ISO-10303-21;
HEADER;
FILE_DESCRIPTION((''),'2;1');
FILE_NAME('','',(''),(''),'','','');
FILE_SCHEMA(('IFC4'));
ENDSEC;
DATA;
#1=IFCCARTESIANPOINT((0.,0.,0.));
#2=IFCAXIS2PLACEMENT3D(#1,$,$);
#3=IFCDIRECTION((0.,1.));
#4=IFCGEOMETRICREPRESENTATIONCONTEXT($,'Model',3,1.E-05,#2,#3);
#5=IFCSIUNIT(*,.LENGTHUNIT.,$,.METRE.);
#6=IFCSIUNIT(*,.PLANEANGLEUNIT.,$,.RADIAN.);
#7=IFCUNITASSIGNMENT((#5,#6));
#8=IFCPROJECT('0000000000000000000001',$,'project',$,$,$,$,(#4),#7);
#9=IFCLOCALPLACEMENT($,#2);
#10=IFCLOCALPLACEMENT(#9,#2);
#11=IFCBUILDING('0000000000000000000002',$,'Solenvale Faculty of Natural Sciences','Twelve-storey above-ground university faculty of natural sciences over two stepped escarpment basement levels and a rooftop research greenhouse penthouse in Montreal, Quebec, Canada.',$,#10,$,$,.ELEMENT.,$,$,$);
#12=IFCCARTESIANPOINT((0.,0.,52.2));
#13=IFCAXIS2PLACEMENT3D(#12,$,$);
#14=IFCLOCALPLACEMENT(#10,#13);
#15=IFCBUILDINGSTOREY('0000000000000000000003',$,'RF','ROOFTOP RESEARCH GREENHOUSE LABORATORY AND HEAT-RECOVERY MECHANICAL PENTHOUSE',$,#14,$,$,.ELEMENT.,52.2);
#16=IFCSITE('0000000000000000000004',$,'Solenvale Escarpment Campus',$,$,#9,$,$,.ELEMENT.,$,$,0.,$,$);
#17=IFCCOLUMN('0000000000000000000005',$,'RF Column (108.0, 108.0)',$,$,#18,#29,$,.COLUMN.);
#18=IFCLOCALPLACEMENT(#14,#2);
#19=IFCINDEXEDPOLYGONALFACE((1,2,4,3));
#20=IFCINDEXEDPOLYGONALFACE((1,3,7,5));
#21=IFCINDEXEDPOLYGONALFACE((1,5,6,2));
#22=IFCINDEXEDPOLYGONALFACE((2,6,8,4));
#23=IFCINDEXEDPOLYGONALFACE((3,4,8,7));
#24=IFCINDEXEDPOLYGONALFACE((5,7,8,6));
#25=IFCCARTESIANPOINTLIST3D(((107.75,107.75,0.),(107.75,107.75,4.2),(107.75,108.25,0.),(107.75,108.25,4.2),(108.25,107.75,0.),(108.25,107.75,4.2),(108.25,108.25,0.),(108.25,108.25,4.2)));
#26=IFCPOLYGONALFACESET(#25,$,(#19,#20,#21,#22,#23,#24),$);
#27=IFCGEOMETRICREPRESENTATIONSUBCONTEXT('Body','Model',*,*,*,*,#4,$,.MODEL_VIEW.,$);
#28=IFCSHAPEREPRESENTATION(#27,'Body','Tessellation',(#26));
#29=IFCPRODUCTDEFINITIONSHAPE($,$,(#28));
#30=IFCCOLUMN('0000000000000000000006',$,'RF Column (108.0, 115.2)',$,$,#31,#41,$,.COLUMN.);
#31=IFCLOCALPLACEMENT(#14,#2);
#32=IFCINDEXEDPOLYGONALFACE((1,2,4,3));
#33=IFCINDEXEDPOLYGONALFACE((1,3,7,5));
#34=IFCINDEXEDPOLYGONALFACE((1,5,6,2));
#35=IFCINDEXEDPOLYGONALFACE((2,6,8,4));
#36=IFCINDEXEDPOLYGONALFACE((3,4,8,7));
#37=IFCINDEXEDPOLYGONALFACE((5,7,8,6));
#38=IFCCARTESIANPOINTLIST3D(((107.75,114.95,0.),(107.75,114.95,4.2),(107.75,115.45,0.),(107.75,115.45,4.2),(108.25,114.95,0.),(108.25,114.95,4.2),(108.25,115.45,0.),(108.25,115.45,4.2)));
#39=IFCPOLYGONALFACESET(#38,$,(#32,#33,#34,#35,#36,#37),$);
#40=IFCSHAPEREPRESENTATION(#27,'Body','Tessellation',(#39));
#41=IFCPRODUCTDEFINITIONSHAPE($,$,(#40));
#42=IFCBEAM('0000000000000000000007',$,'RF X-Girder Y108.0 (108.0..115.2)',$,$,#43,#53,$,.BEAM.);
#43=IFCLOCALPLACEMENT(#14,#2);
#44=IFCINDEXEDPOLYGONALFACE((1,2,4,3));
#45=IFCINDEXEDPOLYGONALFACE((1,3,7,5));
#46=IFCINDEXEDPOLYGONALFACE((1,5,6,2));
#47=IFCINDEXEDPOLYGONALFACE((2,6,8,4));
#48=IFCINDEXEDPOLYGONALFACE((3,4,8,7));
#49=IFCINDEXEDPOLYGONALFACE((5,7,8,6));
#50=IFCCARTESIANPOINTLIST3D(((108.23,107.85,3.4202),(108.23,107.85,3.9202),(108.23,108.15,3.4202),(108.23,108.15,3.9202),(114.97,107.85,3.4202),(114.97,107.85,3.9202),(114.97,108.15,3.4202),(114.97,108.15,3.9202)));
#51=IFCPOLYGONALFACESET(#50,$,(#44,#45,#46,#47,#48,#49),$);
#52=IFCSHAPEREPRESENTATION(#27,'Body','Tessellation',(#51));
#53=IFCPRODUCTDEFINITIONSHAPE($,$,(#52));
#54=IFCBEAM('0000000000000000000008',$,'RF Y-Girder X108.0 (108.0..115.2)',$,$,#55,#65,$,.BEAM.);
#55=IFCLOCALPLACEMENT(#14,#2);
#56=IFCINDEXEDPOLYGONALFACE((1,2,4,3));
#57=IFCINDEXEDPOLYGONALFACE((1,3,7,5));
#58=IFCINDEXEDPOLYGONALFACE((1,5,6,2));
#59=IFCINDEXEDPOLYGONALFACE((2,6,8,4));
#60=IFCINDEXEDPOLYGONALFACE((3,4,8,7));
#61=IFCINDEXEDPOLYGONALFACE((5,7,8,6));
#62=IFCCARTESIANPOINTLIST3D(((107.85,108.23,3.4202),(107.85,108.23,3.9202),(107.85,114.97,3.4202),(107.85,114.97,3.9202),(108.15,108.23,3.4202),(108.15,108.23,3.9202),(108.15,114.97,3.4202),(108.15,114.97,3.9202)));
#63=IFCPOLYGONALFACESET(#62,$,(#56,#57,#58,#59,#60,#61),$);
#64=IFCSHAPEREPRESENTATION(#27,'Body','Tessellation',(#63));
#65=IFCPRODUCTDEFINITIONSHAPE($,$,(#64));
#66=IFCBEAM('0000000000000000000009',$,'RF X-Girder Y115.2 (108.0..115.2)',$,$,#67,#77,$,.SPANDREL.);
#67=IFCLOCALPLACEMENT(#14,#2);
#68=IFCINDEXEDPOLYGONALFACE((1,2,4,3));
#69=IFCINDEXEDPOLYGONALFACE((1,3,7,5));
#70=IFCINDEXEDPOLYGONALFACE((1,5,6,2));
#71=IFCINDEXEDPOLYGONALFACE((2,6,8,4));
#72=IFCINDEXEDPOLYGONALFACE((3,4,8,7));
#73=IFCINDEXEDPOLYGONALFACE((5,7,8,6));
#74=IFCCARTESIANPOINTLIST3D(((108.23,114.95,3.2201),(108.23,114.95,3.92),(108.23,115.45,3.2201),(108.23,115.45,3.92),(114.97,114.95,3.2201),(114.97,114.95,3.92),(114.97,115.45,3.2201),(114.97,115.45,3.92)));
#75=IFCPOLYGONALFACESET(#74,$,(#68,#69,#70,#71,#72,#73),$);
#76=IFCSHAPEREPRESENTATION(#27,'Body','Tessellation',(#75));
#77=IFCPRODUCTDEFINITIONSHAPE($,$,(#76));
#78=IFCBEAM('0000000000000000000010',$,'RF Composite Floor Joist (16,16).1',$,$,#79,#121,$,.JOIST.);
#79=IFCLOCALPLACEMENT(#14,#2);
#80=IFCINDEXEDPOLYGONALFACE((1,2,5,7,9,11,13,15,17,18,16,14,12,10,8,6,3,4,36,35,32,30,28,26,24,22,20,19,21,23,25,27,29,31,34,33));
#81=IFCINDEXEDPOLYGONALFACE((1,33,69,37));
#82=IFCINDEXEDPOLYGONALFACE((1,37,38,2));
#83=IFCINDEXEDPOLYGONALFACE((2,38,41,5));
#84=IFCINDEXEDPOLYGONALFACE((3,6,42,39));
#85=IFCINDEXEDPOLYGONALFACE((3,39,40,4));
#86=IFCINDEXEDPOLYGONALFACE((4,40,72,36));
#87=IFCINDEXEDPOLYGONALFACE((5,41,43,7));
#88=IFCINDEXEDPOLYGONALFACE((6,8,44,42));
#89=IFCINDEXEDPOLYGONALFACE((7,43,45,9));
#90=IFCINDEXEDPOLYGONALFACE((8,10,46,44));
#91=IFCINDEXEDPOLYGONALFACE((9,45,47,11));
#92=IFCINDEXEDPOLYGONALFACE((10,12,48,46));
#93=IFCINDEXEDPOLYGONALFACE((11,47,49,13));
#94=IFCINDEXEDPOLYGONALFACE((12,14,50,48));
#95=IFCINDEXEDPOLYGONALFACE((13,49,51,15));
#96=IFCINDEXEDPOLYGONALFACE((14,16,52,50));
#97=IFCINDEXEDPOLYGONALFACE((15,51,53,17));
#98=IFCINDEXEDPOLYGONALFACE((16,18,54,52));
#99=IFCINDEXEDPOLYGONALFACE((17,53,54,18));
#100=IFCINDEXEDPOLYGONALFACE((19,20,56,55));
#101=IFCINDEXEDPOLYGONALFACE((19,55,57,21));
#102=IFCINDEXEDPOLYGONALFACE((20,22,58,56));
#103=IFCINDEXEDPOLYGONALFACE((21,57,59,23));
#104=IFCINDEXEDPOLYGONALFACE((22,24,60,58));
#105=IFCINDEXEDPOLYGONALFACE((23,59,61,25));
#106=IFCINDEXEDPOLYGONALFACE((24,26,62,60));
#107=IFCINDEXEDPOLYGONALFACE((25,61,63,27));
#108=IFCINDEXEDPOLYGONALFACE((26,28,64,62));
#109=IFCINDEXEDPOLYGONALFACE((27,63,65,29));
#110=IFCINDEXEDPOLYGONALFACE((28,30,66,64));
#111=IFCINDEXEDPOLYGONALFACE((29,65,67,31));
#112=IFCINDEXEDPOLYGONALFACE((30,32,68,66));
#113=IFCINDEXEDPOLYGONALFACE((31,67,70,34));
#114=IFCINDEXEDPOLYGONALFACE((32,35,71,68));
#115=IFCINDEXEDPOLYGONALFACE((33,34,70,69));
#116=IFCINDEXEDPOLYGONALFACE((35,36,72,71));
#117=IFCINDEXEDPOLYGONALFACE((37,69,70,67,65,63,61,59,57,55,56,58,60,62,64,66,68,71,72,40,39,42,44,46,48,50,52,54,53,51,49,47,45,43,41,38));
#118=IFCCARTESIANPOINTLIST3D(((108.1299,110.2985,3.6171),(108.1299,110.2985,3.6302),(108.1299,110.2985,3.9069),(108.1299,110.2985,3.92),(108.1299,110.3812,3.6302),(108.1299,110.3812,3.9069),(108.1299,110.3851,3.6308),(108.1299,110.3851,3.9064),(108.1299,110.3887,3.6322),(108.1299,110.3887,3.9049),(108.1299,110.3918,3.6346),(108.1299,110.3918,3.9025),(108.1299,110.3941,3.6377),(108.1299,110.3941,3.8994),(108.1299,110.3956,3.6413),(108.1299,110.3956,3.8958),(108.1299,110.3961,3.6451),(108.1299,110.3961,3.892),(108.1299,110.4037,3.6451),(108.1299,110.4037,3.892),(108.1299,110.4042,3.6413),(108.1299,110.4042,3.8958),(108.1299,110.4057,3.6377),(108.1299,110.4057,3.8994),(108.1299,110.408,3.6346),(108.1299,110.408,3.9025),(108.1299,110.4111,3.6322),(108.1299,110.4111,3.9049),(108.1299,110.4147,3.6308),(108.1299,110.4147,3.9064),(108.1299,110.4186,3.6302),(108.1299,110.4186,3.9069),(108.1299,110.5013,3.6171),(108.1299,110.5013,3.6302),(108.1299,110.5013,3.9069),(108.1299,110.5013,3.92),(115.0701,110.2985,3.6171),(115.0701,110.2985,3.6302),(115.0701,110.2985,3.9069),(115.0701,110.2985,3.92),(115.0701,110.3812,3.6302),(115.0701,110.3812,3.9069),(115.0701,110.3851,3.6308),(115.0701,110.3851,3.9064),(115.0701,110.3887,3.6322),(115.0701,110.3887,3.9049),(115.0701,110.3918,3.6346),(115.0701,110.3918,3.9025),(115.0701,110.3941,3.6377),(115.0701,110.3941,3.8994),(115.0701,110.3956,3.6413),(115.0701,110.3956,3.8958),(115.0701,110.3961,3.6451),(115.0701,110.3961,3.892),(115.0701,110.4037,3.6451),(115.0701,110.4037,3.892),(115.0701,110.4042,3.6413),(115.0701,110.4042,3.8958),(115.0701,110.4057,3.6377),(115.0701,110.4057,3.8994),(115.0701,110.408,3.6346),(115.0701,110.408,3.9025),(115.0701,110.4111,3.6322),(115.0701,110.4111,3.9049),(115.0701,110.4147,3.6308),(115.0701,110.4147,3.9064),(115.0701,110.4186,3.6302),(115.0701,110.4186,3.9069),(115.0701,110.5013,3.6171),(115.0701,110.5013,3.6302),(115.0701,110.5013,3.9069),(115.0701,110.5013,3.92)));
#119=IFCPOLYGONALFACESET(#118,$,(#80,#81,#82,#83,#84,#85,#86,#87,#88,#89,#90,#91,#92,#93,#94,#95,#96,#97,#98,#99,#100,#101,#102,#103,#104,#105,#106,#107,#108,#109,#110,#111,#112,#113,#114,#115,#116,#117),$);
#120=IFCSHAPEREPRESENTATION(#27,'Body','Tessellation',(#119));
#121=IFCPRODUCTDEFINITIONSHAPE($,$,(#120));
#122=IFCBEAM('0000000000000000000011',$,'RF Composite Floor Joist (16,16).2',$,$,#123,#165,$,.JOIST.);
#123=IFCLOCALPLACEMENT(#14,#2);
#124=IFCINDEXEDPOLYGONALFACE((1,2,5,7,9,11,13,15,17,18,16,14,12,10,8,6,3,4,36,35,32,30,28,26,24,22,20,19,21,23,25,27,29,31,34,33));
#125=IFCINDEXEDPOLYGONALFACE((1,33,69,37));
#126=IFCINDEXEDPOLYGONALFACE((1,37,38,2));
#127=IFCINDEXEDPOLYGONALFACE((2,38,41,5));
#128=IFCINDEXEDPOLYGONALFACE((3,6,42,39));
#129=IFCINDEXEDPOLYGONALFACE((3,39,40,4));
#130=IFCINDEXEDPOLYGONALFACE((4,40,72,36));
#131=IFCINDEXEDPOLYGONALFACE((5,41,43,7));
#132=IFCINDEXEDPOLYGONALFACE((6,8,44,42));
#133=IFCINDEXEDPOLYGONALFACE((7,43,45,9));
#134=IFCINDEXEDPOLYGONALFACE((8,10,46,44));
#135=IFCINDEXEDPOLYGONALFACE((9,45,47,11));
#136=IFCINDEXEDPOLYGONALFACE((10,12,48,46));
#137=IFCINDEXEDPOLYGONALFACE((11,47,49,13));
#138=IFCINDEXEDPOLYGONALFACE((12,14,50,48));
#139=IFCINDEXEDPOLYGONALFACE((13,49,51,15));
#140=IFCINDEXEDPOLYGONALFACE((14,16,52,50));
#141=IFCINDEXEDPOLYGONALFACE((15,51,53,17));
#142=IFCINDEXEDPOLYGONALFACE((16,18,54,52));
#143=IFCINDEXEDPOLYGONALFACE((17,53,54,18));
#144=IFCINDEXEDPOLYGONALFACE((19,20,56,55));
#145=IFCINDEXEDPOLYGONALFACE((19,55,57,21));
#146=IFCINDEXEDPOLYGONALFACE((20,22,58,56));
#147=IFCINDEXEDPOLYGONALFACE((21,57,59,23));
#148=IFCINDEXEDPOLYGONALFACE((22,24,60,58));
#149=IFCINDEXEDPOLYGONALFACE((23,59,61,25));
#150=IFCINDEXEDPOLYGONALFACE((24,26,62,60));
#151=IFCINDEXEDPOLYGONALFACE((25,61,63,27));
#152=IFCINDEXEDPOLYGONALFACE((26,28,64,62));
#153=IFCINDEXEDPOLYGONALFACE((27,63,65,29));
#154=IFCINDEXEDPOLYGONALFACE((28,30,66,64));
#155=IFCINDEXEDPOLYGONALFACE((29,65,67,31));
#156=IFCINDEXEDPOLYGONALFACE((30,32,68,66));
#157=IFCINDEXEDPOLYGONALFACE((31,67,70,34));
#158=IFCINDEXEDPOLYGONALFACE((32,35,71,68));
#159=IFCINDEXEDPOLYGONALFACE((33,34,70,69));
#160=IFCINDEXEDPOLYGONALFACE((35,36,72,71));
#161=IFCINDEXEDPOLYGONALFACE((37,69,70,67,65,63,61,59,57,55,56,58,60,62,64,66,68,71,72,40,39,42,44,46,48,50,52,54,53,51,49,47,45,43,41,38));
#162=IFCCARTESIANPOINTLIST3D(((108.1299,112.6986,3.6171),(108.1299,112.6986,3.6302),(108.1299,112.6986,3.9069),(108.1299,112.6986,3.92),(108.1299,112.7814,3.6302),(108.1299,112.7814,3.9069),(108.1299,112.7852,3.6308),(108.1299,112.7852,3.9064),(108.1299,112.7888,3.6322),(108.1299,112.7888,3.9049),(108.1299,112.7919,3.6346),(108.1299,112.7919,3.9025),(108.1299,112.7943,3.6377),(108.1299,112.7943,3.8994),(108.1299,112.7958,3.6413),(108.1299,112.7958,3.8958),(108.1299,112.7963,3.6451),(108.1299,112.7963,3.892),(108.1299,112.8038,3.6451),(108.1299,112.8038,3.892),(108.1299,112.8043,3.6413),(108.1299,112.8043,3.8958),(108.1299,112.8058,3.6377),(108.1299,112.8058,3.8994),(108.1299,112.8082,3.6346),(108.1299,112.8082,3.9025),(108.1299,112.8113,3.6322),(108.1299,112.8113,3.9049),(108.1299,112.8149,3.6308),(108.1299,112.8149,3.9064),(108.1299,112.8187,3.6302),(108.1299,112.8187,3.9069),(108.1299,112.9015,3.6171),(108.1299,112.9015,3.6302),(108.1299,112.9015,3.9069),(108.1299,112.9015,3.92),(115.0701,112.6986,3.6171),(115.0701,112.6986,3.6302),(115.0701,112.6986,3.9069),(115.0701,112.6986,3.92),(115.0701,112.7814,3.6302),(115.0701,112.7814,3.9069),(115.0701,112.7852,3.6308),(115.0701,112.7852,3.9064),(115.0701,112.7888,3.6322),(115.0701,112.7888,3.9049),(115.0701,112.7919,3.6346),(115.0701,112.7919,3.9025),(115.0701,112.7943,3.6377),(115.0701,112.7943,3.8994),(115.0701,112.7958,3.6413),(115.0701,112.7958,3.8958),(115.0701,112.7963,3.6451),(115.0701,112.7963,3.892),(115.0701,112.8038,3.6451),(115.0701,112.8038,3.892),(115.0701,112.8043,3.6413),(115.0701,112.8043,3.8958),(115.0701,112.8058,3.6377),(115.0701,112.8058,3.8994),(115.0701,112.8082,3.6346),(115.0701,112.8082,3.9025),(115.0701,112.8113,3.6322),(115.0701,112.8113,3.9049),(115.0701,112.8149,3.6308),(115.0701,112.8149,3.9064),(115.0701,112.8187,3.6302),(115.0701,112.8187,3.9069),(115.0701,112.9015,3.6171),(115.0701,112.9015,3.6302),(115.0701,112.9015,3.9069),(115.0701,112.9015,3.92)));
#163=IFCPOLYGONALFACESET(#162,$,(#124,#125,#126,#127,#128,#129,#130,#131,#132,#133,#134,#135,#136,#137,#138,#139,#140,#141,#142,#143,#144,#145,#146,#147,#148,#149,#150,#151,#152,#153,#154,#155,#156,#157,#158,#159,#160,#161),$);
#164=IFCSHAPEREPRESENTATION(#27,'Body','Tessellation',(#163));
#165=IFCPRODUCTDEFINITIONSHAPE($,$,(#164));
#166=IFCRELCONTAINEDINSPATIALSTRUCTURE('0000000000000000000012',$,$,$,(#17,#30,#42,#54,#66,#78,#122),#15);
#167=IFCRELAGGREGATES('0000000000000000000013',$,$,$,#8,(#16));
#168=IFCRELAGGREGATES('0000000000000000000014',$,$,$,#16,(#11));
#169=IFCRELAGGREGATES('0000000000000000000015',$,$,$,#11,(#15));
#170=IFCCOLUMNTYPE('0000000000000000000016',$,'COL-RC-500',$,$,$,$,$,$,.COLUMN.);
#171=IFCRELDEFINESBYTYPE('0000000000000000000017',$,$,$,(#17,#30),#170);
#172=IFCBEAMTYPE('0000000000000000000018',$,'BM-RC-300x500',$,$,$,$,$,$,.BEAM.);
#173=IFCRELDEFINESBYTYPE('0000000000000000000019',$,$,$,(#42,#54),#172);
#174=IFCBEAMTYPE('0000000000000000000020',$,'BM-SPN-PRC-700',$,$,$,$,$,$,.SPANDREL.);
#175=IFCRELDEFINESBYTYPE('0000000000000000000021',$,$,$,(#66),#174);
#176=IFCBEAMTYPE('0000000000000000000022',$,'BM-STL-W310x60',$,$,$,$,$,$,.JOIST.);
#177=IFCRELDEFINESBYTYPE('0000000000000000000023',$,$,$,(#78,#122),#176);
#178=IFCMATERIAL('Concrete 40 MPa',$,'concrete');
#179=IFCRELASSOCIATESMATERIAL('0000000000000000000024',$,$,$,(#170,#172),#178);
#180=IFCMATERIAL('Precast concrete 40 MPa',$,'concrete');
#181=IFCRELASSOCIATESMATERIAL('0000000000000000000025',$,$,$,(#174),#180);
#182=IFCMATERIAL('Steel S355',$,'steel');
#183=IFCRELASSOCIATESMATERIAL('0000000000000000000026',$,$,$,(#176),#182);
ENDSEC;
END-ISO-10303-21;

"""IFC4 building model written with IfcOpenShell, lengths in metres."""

from ifc_helpers import new_model, si_unit, direction, frame, origin, origin_2d, place, context, subcontext, project, spatial, rectangle, i_section, extrude, material, material_profile, profile_set, type_object, element, save


model = new_model("IFC4")

# Units and contexts
model_context = context("Model", 3, precision=1e-05, world=origin(), true_north=direction((0.0, 1.0)))
body_context = subcontext(model_context, "Body", "Model", "MODEL_VIEW")
ifc_project = project(units=[si_unit("LENGTHUNIT", "METRE"), si_unit("PLANEANGLEUNIT", "RADIAN")], contexts=[model_context])

# Site, building, storey
site_placement = place(None, origin())
site = spatial("IfcSite", under=ifc_project, at=site_placement, Name="Solenvale Escarpment Campus", CompositionType="ELEMENT", RefElevation=0.0)
building_placement = place(site_placement, origin())
building = spatial("IfcBuilding", under=site, at=building_placement, Name="Solenvale Faculty of Natural Sciences", Description="Twelve-storey above-ground university faculty of natural sciences over two stepped escarpment basement levels and a rooftop research greenhouse penthouse in Montreal, Quebec, Canada.", CompositionType="ELEMENT")
storey_placement = place(building_placement, frame((0.0, 0.0, 52.2)))
storey = spatial("IfcBuildingStorey", under=building, at=storey_placement, Name="RF", Description="ROOFTOP RESEARCH GREENHOUSE LABORATORY AND HEAT-RECOVERY MECHANICAL PENTHOUSE", CompositionType="ELEMENT", Elevation=52.2)

# Columns
ifc_material_1 = material(Name="Concrete 40 MPa", Category="concrete")
ifc_material_profile_1 = material_profile(ifc_material_1, rectangle(XDim=0.5, YDim=0.5, at=origin_2d()), Name="RC-COL-500x500")
ifc_profile_set_1 = profile_set([ifc_material_profile_1], Name="Concrete 40 MPa")
column_type = type_object("IfcColumnType", Name="COL-RC-500", PredefinedType="COLUMN", material=ifc_profile_set_1)
for number, where, z_axis, x_axis, name in (
    (1, (108.0, 108.0, 0.0), (0.0, 0.0, 1.0), (1.0, 0.0, 0.0), "RF Column (108.0, 108.0)"),
    (2, (108.0, 115.2, 0.0), (0.0, 0.0, 1.0), (1.0, 0.0, 0.0), "RF Column (108.0, 115.2)"),
):
    element("IfcColumn", number, at=place(storey_placement, frame(where, z_axis=z_axis, x_axis=x_axis)), inside=storey, type_object=column_type, Name=name, PredefinedType="COLUMN", context=body_context, shape_type="SweptSolid", body=[
        extrude(rectangle(XDim=0.5, YDim=0.5, at=origin_2d()), origin(), (0.0, 0.0, 1.0), 4.2),
    ])

# Beams
ifc_material_profile_2 = material_profile(ifc_material_1, rectangle(XDim=0.3, YDim=0.5, at=origin_2d()), Name="RC-BM-300x500")
ifc_profile_set_2 = profile_set([ifc_material_profile_2], Name="Concrete 40 MPa")
beam_type_1 = type_object("IfcBeamType", Name="BM-RC-300x500", PredefinedType="BEAM", material=ifc_profile_set_2)
for number, where, z_axis, x_axis, name in (
    (3, (108.23, 108.0, 3.6702), (1.0, 0.0, 0.0), (0.0, 1.0, 0.0), "RF X-Girder Y108.0 (108.0..115.2)"),
    (4, (108.0, 108.23, 3.6702), (0.0, 1.0, 0.0), (-1.0, 0.0, 0.0), "RF Y-Girder X108.0 (108.0..115.2)"),
):
    element("IfcBeam", number, at=place(storey_placement, frame(where, z_axis=z_axis, x_axis=x_axis)), inside=storey, type_object=beam_type_1, Name=name, PredefinedType="BEAM", context=body_context, shape_type="SweptSolid", body=[
        extrude(rectangle(XDim=0.3, YDim=0.5, at=origin_2d()), origin(), (0.0, 0.0, 1.0), 6.74),
    ])
ifc_material_2 = material(Name="Precast concrete 40 MPa", Category="concrete")
ifc_material_profile_3 = material_profile(ifc_material_2, rectangle(XDim=0.5, YDim=0.7, at=origin_2d()), Name="RC-BM-500x700")
ifc_profile_set_3 = profile_set([ifc_material_profile_3], Name="Precast concrete 40 MPa")
beam_type_2 = type_object("IfcBeamType", Name="BM-SPN-PRC-700", PredefinedType="SPANDREL", material=ifc_profile_set_3)
beam_1_placement = place(storey_placement, frame((108.23, 115.2, 3.5701), z_axis=(1.0, 0.0, 0.0), x_axis=(0.0, 1.0, 0.0)))
element("IfcBeam", 5, at=beam_1_placement, inside=storey, type_object=beam_type_2, Name="RF X-Girder Y115.2 (108.0..115.2)", PredefinedType="SPANDREL", context=body_context, shape_type="SweptSolid", body=[
    extrude(rectangle(XDim=0.5, YDim=0.7, at=origin_2d()), origin(), (0.0, 0.0, 1.0), 6.74),
])
ifc_material_3 = material(Name="Steel S355", Category="steel")
ifc_material_profile_4 = material_profile(ifc_material_3, i_section(OverallWidth=0.2029, OverallDepth=0.303, WebThickness=0.0076, FlangeThickness=0.0132, FilletRadius=0.0149, at=origin_2d()), Name="W310x60")
ifc_profile_set_4 = profile_set([ifc_material_profile_4], Name="Steel S355")
beam_type_3 = type_object("IfcBeamType", Name="BM-STL-W310x60", PredefinedType="JOIST", material=ifc_profile_set_4)
for number, where, z_axis, x_axis, name in (
    (6, (108.1299, 110.3999, 3.7686), (1.0, 0.0, 0.0), (0.0, 1.0, 0.0), "RF Composite Floor Joist (16,16).1"),
    (7, (108.1299, 112.8, 3.7686), (1.0, 0.0, 0.0), (0.0, 1.0, 0.0), "RF Composite Floor Joist (16,16).2"),
):
    element("IfcBeam", number, at=place(storey_placement, frame(where, z_axis=z_axis, x_axis=x_axis)), inside=storey, type_object=beam_type_3, Name=name, PredefinedType="JOIST", context=body_context, shape_type="SweptSolid", body=[
        extrude(i_section(OverallWidth=0.2029, OverallDepth=0.303, WebThickness=0.0076, FlangeThickness=0.0132, FilletRadius=0.0149, at=origin_2d()), origin(), (0.0, 0.0, 1.0), 6.9402),
    ])

save(model, "model.ifc")
